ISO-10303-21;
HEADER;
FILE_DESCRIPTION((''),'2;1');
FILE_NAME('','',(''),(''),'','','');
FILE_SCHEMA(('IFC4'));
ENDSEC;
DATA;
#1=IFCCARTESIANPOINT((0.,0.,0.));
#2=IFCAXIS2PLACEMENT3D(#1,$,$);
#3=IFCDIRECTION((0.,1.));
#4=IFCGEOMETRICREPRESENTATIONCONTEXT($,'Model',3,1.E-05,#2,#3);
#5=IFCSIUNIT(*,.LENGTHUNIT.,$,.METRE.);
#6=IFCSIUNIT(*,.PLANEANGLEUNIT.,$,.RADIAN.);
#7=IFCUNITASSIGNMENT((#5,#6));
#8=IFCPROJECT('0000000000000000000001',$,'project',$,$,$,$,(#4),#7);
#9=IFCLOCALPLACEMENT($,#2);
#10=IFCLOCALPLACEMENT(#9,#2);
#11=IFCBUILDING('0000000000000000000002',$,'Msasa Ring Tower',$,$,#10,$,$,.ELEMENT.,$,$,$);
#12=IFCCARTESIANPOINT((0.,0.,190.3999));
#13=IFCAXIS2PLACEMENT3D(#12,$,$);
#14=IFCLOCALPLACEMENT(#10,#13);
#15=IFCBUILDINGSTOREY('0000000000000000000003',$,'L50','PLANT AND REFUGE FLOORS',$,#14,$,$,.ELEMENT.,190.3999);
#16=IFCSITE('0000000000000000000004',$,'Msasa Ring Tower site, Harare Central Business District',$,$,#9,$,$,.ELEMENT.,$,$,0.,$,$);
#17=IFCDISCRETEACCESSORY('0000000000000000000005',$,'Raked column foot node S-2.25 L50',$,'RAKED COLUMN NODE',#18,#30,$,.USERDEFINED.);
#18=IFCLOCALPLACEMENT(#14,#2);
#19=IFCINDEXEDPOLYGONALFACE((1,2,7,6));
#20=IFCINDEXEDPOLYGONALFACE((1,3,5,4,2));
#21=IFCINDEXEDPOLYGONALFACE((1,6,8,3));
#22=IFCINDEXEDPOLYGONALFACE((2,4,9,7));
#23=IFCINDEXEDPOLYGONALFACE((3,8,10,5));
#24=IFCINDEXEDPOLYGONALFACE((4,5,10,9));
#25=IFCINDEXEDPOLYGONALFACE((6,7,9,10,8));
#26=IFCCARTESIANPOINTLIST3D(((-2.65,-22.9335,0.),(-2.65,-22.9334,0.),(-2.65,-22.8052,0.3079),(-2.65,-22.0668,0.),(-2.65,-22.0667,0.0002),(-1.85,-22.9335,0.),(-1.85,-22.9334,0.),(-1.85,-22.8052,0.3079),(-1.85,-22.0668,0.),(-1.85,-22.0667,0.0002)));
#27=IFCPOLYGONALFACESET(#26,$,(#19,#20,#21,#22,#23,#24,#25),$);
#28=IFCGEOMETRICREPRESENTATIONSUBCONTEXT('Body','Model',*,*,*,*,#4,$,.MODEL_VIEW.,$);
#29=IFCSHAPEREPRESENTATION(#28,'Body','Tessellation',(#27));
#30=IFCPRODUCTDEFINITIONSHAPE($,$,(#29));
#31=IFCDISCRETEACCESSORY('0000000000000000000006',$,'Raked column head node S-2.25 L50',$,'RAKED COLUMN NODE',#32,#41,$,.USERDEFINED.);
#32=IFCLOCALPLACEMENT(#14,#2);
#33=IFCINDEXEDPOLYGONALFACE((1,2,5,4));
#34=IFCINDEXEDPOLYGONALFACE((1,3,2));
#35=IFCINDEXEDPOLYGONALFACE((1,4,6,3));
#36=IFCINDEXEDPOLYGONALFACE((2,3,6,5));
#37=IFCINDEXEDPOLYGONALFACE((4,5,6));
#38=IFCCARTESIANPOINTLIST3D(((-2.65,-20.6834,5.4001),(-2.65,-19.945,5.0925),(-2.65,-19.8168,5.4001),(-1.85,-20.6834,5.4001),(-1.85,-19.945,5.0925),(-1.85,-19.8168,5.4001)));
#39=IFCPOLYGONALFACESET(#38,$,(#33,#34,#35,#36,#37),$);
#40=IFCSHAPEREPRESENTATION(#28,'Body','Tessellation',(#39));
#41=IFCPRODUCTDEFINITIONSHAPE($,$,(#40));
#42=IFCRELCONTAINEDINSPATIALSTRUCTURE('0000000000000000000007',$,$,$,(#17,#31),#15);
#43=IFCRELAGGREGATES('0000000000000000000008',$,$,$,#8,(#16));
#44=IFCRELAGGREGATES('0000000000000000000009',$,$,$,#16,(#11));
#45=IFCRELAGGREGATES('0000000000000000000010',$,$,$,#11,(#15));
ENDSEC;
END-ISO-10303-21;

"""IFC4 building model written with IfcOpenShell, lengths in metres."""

from ifc_helpers import new_model, si_unit, direction, frame, origin, origin_2d, place, context, subcontext, project, spatial, rectangle, extrude, clip, halfspace, element, save


model = new_model("IFC4")

# Units and contexts
model_context = context("Model", 3, precision=1e-05, world=origin(), true_north=direction((0.0, 1.0)))
body_context = subcontext(model_context, "Body", "Model", "MODEL_VIEW")
ifc_project = project(units=[si_unit("LENGTHUNIT", "METRE"), si_unit("PLANEANGLEUNIT", "RADIAN")], contexts=[model_context])

# Site, building, storey
site_placement = place(None, origin())
site = spatial("IfcSite", under=ifc_project, at=site_placement, Name="Msasa Ring Tower site, Harare Central Business District", CompositionType="ELEMENT", RefElevation=0.0)
building_placement = place(site_placement, origin())
building = spatial("IfcBuilding", under=site, at=building_placement, Name="Msasa Ring Tower", CompositionType="ELEMENT")
storey_placement = place(building_placement, frame((0.0, 0.0, 190.3999)))
storey = spatial("IfcBuildingStorey", under=building, at=storey_placement, Name="L50", Description="PLANT AND REFUGE FLOORS", CompositionType="ELEMENT", Elevation=190.3999)

# Discrete accessories
discrete_accessory_1_placement = place(storey_placement, frame((-2.25, -22.5, 0.0)))
element("IfcDiscreteAccessory", 1, at=discrete_accessory_1_placement, inside=storey, Name="Raked column foot node S-2.25 L50", ObjectType="RAKED COLUMN NODE", PredefinedType="USERDEFINED", context=body_context, shape_type="Clipping", body=[
    clip(extrude(rectangle(XDim=0.8, YDim=0.8, at=origin_2d()), frame((0.0, -0.0642, -0.1538), z_axis=(0.0, 0.384615, 0.923077), x_axis=(0.0, -0.923077, 0.384615)), (0.0, 0.0, 1.0), 0.3335), halfspace(frame((0.0, 0.0, 0.0), z_axis=(0.0, 0.0, 1.0)), True)),
])
discrete_accessory_2_placement = place(storey_placement, frame((-2.25, -20.25, 5.4001)))
element("IfcDiscreteAccessory", 2, at=discrete_accessory_2_placement, inside=storey, Name="Raked column head node S-2.25 L50", ObjectType="RAKED COLUMN NODE", PredefinedType="USERDEFINED", context=body_context, shape_type="Clipping", body=[
    clip(extrude(rectangle(XDim=0.8, YDim=0.8, at=origin_2d()), frame((0.0, -0.0642, -0.1538), z_axis=(0.0, 0.384615, 0.923077), x_axis=(0.0, -0.923077, 0.384615)), (0.0, 0.0, 1.0), 0.3335), halfspace(frame((0.0, 0.0, 0.0), z_axis=(0.0, 0.0, -1.0)), True)),
])

save(model, "model.ifc")
